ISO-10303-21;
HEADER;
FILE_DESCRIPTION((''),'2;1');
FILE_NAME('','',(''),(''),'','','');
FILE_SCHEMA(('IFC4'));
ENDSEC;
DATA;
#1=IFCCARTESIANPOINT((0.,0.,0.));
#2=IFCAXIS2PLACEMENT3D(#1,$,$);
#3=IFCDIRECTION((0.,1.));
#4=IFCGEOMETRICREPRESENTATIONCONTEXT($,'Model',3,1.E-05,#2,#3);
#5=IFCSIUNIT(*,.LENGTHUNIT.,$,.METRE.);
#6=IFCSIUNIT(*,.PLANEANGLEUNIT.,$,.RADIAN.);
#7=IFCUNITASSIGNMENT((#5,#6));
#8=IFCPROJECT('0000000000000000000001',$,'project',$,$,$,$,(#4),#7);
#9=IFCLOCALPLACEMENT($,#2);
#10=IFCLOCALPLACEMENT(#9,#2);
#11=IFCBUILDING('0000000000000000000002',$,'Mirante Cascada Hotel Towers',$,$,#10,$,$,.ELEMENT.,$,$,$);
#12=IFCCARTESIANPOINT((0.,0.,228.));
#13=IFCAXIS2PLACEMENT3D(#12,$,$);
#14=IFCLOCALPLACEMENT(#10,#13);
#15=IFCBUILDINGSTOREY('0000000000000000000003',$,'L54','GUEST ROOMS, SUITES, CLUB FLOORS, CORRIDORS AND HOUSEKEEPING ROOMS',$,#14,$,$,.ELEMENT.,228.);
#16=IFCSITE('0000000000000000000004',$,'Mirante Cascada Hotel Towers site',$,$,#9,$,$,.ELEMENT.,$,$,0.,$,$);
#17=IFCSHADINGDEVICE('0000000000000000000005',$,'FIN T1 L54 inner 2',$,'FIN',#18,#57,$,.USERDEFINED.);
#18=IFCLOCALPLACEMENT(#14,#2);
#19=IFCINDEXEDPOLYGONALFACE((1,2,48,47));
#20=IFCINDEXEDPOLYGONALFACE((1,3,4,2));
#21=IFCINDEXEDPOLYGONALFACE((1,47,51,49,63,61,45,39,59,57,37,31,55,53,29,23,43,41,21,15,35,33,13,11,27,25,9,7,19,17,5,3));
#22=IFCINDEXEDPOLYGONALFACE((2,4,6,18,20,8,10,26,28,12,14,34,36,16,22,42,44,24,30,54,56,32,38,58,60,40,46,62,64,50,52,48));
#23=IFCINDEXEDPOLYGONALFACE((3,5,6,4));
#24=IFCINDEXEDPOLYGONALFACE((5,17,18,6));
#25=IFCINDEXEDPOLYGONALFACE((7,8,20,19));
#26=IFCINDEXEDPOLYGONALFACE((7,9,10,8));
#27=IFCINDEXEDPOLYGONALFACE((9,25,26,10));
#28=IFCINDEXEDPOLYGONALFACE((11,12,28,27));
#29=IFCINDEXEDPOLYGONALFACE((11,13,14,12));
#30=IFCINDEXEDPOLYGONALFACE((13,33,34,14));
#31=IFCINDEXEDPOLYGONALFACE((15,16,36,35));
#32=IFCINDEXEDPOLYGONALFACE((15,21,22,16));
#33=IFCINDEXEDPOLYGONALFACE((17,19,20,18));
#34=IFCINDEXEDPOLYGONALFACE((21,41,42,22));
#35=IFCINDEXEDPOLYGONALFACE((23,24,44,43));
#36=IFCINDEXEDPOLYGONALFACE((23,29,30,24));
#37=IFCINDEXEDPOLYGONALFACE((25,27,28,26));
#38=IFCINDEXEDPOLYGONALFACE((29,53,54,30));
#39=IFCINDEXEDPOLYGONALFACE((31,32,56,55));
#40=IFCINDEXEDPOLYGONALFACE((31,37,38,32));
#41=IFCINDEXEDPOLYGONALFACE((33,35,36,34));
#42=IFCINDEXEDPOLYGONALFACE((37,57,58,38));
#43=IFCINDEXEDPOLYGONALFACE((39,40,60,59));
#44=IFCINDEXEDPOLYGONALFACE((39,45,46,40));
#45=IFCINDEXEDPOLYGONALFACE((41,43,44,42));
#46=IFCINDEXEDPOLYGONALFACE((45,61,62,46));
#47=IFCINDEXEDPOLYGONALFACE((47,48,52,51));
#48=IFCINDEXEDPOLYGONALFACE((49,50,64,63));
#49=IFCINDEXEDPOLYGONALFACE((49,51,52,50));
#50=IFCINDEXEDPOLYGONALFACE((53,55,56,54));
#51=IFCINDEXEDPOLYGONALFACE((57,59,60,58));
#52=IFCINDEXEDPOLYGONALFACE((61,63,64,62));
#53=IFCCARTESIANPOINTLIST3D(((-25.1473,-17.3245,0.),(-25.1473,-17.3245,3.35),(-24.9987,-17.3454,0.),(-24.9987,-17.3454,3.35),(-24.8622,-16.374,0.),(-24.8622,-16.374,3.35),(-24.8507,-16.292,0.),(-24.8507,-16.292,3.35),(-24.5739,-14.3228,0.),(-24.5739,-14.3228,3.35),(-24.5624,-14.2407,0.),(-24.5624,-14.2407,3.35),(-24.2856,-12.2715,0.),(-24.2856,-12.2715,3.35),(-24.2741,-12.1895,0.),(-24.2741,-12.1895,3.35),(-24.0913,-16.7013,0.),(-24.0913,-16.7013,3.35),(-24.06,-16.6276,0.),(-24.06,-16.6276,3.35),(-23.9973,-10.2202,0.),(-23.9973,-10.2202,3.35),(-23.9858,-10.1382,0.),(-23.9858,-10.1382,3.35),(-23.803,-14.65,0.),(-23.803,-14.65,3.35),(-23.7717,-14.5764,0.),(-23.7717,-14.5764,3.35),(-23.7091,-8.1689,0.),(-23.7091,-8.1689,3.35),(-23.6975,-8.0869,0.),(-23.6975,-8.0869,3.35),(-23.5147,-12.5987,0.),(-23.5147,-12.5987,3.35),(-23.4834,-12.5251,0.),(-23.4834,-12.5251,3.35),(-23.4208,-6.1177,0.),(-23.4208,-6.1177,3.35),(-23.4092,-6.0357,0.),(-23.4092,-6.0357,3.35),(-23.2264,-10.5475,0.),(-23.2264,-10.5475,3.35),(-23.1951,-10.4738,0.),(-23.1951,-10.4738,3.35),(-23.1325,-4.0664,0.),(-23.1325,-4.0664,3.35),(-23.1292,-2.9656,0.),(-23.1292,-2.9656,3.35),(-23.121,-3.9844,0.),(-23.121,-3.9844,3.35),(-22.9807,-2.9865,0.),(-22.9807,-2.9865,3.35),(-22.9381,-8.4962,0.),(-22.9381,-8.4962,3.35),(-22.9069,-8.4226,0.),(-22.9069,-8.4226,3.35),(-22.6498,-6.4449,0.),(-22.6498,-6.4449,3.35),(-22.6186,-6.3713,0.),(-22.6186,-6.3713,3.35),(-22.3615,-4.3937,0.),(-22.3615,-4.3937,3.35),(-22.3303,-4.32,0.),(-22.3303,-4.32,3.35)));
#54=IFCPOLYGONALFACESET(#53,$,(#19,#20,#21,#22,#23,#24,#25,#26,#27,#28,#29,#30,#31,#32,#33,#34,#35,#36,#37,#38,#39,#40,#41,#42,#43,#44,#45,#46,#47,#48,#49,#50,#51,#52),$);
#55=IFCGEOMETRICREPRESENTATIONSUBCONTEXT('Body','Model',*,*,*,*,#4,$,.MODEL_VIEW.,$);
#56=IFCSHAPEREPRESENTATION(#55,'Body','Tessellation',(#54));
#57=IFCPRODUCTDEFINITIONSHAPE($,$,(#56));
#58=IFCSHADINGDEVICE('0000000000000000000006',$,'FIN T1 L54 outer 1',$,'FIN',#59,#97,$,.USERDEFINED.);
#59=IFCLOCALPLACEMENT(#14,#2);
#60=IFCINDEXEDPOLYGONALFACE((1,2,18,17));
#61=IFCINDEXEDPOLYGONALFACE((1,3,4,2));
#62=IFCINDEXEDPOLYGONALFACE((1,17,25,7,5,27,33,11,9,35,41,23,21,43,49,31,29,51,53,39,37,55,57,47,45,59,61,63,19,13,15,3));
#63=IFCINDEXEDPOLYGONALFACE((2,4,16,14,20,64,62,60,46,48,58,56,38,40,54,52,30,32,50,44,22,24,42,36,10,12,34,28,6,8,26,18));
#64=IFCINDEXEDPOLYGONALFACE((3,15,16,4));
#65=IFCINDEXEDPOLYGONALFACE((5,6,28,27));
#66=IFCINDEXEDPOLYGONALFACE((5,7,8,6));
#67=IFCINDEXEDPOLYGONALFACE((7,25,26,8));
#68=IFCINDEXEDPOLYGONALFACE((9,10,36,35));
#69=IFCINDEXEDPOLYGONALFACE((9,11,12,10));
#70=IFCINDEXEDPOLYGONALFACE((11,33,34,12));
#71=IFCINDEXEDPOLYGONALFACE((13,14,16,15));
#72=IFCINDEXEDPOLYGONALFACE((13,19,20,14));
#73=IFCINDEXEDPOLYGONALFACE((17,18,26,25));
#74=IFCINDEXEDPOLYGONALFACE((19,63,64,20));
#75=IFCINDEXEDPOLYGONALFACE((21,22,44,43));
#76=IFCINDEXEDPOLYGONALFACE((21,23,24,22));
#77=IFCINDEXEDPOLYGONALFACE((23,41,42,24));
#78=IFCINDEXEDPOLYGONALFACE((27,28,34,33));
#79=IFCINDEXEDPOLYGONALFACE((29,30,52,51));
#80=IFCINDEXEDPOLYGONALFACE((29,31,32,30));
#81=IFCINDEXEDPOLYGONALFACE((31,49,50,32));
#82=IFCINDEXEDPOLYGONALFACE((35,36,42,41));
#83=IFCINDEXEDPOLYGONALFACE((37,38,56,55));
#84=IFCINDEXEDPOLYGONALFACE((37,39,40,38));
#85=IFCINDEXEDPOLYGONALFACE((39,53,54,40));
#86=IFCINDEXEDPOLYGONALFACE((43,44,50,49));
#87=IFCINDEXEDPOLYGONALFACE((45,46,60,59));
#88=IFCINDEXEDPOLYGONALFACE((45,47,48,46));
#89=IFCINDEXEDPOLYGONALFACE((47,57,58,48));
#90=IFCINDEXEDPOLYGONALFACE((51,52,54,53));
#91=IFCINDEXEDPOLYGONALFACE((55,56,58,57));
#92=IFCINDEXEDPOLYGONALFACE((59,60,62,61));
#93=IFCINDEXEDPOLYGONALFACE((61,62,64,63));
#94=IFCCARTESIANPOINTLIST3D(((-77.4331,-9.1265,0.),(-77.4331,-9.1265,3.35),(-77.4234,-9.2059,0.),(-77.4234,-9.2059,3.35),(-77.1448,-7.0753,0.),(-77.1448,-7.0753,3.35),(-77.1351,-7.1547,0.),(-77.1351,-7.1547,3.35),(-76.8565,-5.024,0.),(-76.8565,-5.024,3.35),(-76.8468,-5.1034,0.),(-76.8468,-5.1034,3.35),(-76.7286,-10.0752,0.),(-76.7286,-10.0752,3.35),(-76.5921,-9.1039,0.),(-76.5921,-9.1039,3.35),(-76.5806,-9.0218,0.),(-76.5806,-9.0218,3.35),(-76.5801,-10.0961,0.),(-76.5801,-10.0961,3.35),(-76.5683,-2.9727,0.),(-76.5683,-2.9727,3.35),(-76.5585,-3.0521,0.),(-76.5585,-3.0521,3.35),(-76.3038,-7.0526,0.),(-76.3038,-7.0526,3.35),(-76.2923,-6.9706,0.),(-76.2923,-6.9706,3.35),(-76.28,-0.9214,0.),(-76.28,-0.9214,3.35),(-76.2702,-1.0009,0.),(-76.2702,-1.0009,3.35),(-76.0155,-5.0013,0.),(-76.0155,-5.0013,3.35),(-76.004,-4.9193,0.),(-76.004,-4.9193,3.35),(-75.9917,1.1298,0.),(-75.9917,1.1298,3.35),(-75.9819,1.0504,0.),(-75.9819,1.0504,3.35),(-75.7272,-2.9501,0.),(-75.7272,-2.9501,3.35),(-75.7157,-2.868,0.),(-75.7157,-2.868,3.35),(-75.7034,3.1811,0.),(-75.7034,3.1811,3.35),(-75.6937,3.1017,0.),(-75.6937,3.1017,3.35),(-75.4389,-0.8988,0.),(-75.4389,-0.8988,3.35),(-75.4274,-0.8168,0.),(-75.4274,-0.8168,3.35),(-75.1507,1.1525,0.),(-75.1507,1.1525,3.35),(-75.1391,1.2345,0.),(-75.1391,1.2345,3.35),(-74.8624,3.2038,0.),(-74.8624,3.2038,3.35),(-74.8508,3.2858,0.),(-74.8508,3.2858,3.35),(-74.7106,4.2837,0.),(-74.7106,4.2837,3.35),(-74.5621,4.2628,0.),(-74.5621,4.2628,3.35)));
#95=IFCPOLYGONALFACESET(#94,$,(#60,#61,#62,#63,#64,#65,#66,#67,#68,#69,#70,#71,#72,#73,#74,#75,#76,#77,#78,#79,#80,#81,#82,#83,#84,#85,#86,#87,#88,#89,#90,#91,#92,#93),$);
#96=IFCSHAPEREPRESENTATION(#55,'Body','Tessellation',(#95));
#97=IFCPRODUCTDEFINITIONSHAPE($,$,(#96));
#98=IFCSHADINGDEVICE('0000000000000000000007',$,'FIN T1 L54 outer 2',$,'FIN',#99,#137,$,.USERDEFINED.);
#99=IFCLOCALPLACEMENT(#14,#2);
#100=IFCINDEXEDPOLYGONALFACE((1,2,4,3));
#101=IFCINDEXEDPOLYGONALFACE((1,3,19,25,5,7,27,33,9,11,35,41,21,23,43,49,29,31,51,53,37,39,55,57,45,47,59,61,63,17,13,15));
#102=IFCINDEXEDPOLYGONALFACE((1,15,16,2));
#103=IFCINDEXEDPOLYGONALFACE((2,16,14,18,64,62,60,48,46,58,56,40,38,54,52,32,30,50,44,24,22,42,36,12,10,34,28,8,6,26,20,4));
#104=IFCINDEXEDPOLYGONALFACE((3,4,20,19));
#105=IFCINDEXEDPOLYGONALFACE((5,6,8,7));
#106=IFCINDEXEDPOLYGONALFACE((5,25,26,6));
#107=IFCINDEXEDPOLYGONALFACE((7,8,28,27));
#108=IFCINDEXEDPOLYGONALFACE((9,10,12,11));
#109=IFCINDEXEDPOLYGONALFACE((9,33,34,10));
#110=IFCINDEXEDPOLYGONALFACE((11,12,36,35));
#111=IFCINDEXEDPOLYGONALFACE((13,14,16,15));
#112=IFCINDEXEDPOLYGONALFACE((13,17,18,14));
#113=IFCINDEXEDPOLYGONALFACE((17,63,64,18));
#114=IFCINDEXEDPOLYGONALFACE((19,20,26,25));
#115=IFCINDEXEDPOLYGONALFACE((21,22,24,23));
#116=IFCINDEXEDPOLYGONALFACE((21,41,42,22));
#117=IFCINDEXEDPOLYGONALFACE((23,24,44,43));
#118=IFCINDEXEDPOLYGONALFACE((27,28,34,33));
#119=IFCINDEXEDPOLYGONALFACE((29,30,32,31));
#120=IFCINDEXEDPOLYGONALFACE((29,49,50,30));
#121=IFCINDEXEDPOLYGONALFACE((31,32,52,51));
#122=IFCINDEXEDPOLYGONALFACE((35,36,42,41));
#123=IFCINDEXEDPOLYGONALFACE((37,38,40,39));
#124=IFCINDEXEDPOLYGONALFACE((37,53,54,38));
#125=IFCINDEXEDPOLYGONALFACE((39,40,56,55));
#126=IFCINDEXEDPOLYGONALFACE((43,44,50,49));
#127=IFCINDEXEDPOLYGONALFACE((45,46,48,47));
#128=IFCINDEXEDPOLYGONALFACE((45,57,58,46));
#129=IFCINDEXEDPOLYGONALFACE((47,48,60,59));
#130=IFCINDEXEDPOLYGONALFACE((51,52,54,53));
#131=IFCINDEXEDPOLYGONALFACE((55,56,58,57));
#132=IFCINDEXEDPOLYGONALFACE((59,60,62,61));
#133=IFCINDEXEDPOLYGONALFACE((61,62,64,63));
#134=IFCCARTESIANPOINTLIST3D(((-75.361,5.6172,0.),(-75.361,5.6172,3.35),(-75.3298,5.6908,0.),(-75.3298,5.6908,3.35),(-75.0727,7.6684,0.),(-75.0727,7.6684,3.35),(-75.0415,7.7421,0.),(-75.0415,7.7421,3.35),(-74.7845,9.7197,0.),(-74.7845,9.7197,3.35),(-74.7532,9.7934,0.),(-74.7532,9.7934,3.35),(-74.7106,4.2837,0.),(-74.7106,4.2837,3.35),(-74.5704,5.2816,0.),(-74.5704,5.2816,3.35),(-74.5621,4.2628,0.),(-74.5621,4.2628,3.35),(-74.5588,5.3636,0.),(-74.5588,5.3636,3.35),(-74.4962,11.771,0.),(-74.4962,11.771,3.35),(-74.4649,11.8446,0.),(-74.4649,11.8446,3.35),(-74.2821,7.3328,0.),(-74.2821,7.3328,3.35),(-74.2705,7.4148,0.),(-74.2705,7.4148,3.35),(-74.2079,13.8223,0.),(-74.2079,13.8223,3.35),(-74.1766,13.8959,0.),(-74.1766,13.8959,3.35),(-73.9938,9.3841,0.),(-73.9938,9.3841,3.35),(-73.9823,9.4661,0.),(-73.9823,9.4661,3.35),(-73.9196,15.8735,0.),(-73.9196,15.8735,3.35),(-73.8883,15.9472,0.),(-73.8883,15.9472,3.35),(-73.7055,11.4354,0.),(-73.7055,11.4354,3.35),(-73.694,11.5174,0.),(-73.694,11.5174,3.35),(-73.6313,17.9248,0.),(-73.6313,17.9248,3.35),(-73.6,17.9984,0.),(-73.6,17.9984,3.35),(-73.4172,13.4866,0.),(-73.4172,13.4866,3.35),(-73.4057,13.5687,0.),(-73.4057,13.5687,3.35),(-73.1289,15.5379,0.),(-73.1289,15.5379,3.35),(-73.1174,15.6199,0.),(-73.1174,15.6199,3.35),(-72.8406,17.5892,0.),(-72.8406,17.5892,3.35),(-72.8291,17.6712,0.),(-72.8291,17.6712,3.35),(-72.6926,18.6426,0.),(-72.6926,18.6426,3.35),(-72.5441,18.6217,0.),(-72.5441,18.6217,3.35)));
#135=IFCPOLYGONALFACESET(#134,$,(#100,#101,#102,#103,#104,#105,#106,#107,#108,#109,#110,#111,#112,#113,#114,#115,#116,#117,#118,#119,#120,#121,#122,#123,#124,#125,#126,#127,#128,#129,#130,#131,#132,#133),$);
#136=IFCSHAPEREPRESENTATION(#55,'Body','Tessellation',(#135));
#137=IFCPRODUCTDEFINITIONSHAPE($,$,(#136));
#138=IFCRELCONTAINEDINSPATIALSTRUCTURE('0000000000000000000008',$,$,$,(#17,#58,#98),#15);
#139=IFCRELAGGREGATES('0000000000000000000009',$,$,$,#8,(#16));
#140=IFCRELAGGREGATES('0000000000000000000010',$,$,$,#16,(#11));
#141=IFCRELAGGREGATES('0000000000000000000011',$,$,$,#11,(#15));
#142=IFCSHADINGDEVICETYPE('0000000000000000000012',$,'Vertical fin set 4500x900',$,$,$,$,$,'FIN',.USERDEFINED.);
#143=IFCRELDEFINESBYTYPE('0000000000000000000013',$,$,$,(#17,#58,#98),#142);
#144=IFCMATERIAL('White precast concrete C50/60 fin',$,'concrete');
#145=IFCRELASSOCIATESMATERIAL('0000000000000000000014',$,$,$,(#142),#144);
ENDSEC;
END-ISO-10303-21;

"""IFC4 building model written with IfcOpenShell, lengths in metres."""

from ifc_helpers import new_model, si_unit, direction, frame, origin, place, context, subcontext, project, spatial, polyline, outline, extrude, material, type_object, element, save


model = new_model("IFC4")

# Units and contexts
model_context = context("Model", 3, precision=1e-05, world=origin(), true_north=direction((0.0, 1.0)))
body_context = subcontext(model_context, "Body", "Model", "MODEL_VIEW")
ifc_project = project(units=[si_unit("LENGTHUNIT", "METRE"), si_unit("PLANEANGLEUNIT", "RADIAN")], contexts=[model_context])

# Site, building, storey
site_placement = place(None, origin())
site = spatial("IfcSite", under=ifc_project, at=site_placement, Name="Mirante Cascada Hotel Towers site", CompositionType="ELEMENT", RefElevation=0.0)
building_placement = place(site_placement, origin())
building = spatial("IfcBuilding", under=site, at=building_placement, Name="Mirante Cascada Hotel Towers", CompositionType="ELEMENT")
storey_placement = place(building_placement, frame((0.0, 0.0, 228.0)))
storey = spatial("IfcBuildingStorey", under=building, at=storey_placement, Name="L54", Description="GUEST ROOMS, SUITES, CLUB FLOORS, CORRIDORS AND HOUSEKEEPING ROOMS", CompositionType="ELEMENT", Elevation=228.0)

# Shading devices
ifc_material_1 = material(Name="White precast concrete C50/60 fin", Category="concrete")
shading_device_type = type_object("IfcShadingDeviceType", Name="Vertical fin set 4500x900", ElementType="FIN", PredefinedType="USERDEFINED", material=ifc_material_1)
shading_device_1_placement = place(storey_placement, origin())
element("IfcShadingDevice", 1, at=shading_device_1_placement, inside=storey, type_object=shading_device_type, Name="FIN T1 L54 inner 2", ObjectType="FIN", PredefinedType="USERDEFINED", context=body_context, shape_type="SweptSolid", body=[
    extrude(outline(polyline([(-24.8622, -16.374), (-24.9987, -17.3454), (-25.1473, -17.3245), (-23.1292, -2.9656), (-22.9807, -2.9865), (-23.121, -3.9844), (-22.3303, -4.32), (-22.3615, -4.3937), (-23.1325, -4.0664), (-23.4092, -6.0357), (-22.6186, -6.3713), (-22.6498, -6.4449), (-23.4208, -6.1177), (-23.6975, -8.0869), (-22.9069, -8.4226), (-22.9381, -8.4962), (-23.7091, -8.1689), (-23.9858, -10.1382), (-23.1951, -10.4738), (-23.2264, -10.5475), (-23.9973, -10.2202), (-24.2741, -12.1895), (-23.4834, -12.5251), (-23.5147, -12.5987), (-24.2856, -12.2715), (-24.5624, -14.2407), (-23.7717, -14.5764), (-23.803, -14.65), (-24.5739, -14.3228), (-24.8507, -16.292), (-24.06, -16.6276), (-24.0913, -16.7013), (-24.8622, -16.374)])), origin(), (0.0, 0.0, 1.0), 3.35),
])
shading_device_2_placement = place(storey_placement, origin())
element("IfcShadingDevice", 2, at=shading_device_2_placement, inside=storey, type_object=shading_device_type, Name="FIN T1 L54 outer 1", ObjectType="FIN", PredefinedType="USERDEFINED", context=body_context, shape_type="SweptSolid", body=[
    extrude(outline(polyline([(-76.5806, -9.0218), (-76.3038, -7.0526), (-77.1351, -7.1547), (-77.1448, -7.0753), (-76.2923, -6.9706), (-76.0155, -5.0013), (-76.8468, -5.1034), (-76.8565, -5.024), (-76.004, -4.9193), (-75.7272, -2.9501), (-76.5585, -3.0521), (-76.5683, -2.9727), (-75.7157, -2.868), (-75.4389, -0.8988), (-76.2702, -1.0009), (-76.28, -0.9214), (-75.4274, -0.8168), (-75.1507, 1.1525), (-75.9819, 1.0504), (-75.9917, 1.1298), (-75.1391, 1.2345), (-74.8624, 3.2038), (-75.6937, 3.1017), (-75.7034, 3.1811), (-74.8508, 3.2858), (-74.7106, 4.2837), (-74.5621, 4.2628), (-76.5801, -10.0961), (-76.7286, -10.0752), (-76.5921, -9.1039), (-77.4234, -9.2059), (-77.4331, -9.1265), (-76.5806, -9.0218)])), origin(), (0.0, 0.0, 1.0), 3.35),
])
shading_device_3_placement = place(storey_placement, origin())
element("IfcShadingDevice", 3, at=shading_device_3_placement, inside=storey, type_object=shading_device_type, Name="FIN T1 L54 outer 2", ObjectType="FIN", PredefinedType="USERDEFINED", context=body_context, shape_type="SweptSolid", body=[
    extrude(outline(polyline([(-74.5588, 5.3636), (-74.2821, 7.3328), (-75.0727, 7.6684), (-75.0415, 7.7421), (-74.2705, 7.4148), (-73.9938, 9.3841), (-74.7845, 9.7197), (-74.7532, 9.7934), (-73.9823, 9.4661), (-73.7055, 11.4354), (-74.4962, 11.771), (-74.4649, 11.8446), (-73.694, 11.5174), (-73.4172, 13.4866), (-74.2079, 13.8223), (-74.1766, 13.8959), (-73.4057, 13.5687), (-73.1289, 15.5379), (-73.9196, 15.8735), (-73.8883, 15.9472), (-73.1174, 15.6199), (-72.8406, 17.5892), (-73.6313, 17.9248), (-73.6, 17.9984), (-72.8291, 17.6712), (-72.6926, 18.6426), (-72.5441, 18.6217), (-74.5621, 4.2628), (-74.7106, 4.2837), (-74.5704, 5.2816), (-75.361, 5.6172), (-75.3298, 5.6908), (-74.5588, 5.3636)])), origin(), (0.0, 0.0, 1.0), 3.35),
])

save(model, "model.ifc")
